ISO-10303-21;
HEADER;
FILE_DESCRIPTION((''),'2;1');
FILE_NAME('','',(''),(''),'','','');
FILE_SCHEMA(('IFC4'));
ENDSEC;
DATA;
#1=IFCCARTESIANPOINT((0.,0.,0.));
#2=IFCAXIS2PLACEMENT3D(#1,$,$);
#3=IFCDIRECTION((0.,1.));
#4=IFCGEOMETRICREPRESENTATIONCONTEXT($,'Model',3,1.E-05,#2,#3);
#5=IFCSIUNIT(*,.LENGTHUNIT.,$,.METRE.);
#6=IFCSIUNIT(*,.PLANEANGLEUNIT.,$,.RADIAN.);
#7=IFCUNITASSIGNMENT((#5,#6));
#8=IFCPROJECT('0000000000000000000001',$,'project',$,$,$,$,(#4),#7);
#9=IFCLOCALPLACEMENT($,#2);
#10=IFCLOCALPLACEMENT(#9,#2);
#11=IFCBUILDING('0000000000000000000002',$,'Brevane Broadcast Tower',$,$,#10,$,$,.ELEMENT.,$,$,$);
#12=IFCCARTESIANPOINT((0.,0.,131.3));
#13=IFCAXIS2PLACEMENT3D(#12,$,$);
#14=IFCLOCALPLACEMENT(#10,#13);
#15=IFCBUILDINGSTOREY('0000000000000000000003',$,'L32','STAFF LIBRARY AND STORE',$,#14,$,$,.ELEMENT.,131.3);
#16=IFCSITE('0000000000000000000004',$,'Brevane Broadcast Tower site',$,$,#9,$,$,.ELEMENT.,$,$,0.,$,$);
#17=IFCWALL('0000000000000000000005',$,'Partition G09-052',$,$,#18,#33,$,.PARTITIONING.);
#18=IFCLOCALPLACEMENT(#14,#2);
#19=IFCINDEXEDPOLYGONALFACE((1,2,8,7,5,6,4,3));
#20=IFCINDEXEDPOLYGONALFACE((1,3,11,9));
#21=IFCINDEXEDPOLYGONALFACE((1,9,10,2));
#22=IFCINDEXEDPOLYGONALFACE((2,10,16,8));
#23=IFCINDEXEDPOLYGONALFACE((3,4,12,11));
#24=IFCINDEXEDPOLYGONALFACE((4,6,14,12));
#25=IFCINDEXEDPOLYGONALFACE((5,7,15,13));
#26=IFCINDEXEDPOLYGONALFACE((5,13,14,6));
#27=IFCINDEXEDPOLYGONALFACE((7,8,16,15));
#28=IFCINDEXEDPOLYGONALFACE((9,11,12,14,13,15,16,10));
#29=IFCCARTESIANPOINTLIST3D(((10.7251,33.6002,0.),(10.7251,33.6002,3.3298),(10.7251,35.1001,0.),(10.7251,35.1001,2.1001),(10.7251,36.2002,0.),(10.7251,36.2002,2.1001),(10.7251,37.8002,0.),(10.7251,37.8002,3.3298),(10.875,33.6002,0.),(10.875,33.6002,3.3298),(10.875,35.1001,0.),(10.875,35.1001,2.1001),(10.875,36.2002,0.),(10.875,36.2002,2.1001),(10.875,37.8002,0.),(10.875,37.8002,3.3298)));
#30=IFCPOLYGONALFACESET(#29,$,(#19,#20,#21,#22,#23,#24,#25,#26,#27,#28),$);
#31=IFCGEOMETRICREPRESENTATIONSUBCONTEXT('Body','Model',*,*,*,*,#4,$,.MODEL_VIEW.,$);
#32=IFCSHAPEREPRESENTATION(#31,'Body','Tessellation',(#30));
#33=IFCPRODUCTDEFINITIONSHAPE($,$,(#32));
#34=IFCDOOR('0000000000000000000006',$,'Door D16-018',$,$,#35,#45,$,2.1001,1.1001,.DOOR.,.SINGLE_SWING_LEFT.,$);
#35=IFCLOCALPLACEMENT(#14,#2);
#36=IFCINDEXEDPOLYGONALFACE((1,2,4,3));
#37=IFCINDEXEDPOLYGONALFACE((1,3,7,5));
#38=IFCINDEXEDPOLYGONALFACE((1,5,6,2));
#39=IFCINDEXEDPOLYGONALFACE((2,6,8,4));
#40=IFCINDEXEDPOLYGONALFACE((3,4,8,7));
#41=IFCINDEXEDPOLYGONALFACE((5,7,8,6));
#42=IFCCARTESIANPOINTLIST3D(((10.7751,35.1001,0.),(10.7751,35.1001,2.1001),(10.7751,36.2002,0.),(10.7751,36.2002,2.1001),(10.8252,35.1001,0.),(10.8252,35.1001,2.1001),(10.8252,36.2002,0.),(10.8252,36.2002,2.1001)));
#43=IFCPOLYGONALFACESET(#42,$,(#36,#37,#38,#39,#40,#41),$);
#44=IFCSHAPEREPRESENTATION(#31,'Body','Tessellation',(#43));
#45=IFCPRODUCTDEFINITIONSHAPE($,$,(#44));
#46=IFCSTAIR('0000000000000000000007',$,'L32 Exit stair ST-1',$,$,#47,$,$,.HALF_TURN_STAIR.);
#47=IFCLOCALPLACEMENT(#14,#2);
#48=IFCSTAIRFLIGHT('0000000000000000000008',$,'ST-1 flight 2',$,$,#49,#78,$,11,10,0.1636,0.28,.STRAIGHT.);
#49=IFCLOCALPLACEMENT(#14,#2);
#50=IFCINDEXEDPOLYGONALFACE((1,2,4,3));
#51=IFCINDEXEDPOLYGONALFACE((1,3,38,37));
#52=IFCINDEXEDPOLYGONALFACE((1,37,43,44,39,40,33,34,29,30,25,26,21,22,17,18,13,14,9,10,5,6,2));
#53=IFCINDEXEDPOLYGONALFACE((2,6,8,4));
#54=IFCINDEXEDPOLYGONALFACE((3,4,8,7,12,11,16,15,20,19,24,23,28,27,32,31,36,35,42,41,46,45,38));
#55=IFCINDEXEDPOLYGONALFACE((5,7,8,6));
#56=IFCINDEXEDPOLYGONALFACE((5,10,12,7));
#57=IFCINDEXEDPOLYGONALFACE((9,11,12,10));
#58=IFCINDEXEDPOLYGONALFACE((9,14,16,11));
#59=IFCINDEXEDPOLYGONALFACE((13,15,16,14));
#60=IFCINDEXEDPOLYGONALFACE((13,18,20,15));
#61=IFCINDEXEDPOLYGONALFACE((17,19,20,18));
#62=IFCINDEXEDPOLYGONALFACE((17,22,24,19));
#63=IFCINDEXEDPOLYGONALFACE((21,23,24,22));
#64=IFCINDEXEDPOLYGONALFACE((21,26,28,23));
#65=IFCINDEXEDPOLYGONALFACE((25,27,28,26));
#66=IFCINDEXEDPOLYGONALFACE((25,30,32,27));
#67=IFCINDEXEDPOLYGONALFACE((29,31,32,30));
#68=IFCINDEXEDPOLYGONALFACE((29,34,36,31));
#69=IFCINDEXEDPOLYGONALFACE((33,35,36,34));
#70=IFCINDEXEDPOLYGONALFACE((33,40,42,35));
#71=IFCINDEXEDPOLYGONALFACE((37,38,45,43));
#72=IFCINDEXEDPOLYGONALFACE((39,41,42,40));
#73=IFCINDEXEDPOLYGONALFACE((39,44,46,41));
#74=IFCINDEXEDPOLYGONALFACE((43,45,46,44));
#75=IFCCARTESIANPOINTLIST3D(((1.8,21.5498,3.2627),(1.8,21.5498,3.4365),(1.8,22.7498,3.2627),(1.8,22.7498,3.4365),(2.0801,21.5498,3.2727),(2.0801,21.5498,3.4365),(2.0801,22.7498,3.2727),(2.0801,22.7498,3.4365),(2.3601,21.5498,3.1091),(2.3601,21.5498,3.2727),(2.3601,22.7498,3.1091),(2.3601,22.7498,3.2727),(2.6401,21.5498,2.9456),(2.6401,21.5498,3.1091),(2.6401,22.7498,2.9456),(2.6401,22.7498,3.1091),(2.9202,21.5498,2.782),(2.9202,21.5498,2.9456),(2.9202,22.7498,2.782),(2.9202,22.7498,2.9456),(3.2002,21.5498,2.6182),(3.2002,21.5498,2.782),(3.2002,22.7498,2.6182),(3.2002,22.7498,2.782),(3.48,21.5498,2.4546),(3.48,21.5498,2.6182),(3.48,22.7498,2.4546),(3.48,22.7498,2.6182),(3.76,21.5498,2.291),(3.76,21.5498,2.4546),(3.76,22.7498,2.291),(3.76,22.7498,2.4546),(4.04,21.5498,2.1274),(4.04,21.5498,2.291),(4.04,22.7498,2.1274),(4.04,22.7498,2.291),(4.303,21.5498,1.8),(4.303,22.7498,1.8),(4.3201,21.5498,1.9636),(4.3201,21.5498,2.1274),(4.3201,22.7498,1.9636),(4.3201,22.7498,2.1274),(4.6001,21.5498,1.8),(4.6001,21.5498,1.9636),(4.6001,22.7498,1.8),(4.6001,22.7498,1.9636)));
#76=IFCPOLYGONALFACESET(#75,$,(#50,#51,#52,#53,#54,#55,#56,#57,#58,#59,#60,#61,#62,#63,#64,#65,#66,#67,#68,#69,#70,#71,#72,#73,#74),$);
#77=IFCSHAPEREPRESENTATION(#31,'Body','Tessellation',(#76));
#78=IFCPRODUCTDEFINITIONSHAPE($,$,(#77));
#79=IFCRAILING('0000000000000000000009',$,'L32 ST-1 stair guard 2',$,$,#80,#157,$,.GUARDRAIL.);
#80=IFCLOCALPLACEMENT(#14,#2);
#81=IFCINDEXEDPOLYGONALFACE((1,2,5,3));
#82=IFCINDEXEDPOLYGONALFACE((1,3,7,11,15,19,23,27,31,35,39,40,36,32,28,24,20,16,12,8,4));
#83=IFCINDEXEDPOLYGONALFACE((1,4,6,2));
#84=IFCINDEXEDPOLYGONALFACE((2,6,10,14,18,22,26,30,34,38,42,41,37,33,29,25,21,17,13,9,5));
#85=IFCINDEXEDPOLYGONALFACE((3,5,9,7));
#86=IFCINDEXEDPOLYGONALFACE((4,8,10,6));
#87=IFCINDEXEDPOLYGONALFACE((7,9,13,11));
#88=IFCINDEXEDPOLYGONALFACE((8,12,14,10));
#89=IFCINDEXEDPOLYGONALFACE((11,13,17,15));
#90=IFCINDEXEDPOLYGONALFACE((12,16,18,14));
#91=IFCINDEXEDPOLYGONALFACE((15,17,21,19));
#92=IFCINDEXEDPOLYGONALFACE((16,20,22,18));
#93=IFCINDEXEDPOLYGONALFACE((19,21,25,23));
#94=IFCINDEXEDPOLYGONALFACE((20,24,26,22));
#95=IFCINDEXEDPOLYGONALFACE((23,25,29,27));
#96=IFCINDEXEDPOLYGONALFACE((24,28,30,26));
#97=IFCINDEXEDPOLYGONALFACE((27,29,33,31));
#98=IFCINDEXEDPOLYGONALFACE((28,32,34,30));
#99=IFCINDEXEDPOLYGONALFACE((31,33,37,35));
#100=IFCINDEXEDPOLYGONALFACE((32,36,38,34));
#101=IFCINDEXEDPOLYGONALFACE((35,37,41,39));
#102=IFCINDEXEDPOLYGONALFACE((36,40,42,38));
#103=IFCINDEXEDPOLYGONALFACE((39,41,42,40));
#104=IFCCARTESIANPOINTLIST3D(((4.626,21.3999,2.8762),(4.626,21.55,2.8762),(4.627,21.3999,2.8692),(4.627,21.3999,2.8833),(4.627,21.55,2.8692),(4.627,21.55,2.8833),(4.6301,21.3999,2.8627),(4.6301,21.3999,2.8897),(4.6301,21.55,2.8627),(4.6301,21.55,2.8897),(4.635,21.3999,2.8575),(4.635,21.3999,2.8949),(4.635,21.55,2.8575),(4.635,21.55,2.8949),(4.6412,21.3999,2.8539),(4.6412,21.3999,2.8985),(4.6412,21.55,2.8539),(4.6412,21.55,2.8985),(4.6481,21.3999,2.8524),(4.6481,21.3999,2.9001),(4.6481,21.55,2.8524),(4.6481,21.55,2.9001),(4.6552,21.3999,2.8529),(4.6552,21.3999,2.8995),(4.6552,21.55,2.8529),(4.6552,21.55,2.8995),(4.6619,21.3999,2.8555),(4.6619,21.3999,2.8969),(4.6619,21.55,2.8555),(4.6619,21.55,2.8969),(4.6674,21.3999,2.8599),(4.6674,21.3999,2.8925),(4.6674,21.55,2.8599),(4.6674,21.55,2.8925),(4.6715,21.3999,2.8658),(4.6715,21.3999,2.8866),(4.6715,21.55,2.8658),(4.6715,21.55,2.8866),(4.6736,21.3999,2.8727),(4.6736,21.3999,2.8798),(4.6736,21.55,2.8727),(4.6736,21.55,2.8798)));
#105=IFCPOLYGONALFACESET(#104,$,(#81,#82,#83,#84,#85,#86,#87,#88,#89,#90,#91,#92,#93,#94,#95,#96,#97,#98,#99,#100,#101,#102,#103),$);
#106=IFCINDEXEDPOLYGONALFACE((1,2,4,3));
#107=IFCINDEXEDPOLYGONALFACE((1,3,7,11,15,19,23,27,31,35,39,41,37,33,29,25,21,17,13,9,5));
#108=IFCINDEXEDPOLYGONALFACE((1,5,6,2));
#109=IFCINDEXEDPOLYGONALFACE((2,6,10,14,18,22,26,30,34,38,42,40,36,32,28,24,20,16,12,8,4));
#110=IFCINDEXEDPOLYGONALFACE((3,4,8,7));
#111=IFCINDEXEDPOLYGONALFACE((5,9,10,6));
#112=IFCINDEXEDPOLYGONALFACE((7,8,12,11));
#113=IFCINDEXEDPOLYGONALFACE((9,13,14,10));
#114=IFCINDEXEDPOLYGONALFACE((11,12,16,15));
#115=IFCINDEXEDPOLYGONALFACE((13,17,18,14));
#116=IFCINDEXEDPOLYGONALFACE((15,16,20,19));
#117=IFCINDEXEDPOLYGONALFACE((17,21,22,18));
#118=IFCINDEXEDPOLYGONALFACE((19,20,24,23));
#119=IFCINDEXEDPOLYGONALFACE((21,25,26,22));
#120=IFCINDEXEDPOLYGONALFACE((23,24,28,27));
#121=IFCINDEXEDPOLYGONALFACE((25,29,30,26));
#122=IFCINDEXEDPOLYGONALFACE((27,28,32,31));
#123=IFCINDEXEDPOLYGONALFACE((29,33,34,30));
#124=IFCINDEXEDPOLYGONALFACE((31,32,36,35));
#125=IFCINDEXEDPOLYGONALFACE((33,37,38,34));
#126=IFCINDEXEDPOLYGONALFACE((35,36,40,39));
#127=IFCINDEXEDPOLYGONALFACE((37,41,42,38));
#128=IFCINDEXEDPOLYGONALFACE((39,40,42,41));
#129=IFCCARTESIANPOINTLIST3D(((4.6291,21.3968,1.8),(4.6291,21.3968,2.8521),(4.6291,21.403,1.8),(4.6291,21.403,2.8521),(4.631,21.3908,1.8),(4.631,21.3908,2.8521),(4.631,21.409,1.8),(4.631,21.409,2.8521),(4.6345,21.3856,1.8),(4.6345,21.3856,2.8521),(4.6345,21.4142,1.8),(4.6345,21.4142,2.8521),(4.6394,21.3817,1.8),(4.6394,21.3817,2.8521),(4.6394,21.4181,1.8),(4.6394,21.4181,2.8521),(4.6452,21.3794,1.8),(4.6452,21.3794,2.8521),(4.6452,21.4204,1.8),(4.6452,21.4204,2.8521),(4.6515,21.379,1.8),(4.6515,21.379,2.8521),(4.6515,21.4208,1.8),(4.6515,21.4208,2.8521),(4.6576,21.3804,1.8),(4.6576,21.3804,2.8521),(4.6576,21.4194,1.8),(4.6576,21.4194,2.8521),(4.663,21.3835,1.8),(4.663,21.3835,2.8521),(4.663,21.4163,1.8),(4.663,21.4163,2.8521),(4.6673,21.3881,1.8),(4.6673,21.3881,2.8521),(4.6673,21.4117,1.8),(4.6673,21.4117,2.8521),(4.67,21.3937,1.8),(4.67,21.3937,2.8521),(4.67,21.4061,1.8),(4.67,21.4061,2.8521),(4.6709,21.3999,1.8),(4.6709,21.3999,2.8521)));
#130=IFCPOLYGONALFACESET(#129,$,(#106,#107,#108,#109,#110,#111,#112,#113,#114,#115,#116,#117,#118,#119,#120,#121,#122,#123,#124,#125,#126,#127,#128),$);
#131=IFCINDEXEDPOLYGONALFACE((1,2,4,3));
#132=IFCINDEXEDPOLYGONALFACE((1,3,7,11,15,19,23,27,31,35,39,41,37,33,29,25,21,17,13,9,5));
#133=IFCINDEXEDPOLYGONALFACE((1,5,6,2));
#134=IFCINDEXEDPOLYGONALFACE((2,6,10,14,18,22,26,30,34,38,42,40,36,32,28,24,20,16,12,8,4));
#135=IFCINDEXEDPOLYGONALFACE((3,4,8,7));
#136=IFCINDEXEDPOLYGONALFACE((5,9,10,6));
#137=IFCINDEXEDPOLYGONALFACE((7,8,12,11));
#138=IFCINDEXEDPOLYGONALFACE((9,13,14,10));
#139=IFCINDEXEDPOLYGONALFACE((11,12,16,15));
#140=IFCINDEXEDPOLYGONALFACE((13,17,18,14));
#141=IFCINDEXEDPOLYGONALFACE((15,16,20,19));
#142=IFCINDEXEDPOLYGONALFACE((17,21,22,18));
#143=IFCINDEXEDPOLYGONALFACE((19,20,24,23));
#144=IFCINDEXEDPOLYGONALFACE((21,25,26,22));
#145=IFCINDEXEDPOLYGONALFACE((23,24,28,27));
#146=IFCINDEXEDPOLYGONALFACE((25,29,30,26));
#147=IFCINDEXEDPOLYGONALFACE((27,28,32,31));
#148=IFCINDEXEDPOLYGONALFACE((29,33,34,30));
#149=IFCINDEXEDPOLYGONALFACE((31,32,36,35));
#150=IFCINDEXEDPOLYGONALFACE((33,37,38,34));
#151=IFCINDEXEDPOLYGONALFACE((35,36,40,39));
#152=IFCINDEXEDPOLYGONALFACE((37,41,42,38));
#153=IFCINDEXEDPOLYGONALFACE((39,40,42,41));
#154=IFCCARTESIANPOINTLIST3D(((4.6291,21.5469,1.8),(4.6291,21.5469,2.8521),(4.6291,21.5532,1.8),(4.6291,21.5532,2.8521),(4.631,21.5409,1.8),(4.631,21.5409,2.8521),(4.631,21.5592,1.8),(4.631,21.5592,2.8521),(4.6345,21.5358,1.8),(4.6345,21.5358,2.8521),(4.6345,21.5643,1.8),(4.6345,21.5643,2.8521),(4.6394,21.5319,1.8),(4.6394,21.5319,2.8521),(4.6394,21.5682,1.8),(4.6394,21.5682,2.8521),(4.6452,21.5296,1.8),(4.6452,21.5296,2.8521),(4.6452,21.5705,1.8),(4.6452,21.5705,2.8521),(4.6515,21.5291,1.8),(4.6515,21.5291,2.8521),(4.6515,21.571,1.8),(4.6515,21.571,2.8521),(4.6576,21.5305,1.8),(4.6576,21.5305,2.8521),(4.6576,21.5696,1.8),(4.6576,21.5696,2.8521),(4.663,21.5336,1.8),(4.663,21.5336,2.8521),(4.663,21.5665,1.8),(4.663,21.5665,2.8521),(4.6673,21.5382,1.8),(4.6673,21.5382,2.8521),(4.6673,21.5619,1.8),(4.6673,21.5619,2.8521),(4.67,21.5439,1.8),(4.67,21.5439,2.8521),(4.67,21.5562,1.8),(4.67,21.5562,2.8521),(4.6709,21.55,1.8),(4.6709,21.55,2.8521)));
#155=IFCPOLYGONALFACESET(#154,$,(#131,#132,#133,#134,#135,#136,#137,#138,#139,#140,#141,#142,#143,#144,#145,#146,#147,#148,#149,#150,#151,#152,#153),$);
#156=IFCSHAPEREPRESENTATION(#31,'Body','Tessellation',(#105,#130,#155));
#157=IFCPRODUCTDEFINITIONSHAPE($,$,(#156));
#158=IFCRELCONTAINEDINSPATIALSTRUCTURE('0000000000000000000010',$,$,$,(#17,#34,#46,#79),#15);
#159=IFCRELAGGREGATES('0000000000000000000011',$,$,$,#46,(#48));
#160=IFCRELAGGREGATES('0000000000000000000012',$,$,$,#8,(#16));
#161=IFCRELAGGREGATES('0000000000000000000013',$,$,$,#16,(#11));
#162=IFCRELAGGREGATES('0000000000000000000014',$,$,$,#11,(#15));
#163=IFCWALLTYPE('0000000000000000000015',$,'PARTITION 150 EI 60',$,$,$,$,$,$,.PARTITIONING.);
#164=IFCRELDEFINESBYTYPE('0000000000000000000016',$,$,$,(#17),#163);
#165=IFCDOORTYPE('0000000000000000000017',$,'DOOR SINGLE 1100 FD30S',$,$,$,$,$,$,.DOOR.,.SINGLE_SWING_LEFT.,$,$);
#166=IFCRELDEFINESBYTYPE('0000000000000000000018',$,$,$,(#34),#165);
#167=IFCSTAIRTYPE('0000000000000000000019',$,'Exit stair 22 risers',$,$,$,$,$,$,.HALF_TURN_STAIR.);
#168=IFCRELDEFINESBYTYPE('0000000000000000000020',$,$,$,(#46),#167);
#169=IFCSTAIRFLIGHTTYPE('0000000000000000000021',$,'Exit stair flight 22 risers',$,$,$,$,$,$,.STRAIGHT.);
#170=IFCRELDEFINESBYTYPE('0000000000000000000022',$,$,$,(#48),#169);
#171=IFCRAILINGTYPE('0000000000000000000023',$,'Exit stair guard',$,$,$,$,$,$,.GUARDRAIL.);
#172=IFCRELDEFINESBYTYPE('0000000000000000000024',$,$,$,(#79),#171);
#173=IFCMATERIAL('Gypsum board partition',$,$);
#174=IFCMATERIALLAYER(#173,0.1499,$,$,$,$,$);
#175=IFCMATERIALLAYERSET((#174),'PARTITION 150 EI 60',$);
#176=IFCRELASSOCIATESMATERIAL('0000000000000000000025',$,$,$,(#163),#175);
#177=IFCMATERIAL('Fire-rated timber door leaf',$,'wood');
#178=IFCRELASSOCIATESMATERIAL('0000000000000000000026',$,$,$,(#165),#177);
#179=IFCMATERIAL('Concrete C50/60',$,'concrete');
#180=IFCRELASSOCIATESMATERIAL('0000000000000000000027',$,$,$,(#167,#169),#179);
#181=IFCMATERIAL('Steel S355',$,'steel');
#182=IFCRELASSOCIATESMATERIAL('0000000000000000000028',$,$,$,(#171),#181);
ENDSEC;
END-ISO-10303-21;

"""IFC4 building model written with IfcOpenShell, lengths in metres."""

from ifc_helpers import new_model, si_unit, direction, frame, frame_2d, origin, origin_2d, place, context, subcontext, project, spatial, polyline, rectangle, circle, outline, extrude, material, layer, layer_set, type_object, element, fill, aggregate, save


model = new_model("IFC4")

# Units and contexts
model_context = context("Model", 3, precision=1e-05, world=origin(), true_north=direction((0.0, 1.0)))
body_context = subcontext(model_context, "Body", "Model", "MODEL_VIEW")
ifc_project = project(units=[si_unit("LENGTHUNIT", "METRE"), si_unit("PLANEANGLEUNIT", "RADIAN")], contexts=[model_context])

# Site, building, storey
site_placement = place(None, origin())
site = spatial("IfcSite", under=ifc_project, at=site_placement, Name="Brevane Broadcast Tower site", CompositionType="ELEMENT", RefElevation=0.0)
building_placement = place(site_placement, origin())
building = spatial("IfcBuilding", under=site, at=building_placement, Name="Brevane Broadcast Tower", CompositionType="ELEMENT")
storey_placement = place(building_placement, frame((0.0, 0.0, 131.3)))
storey = spatial("IfcBuildingStorey", under=building, at=storey_placement, Name="L32", Description="STAFF LIBRARY AND STORE", CompositionType="ELEMENT", Elevation=131.3)

# Shared definitions
ifc_material_1 = material(Name="Gypsum board partition")

# Shared definitions
ifc_layer_1 = layer(ifc_material_1, 0.1499)
ifc_layer_set_1 = layer_set([ifc_layer_1], Name="PARTITION 150 EI 60")
wall_type_1 = type_object("IfcWallType", Name="PARTITION 150 EI 60", PredefinedType="PARTITIONING", material=ifc_layer_set_1)
ifc_material_2 = material(Name="Fire-rated timber door leaf", Category="wood")

# Wall, opening, door
wall_1_placement = place(storey_placement, frame((10.8, 33.6001, 0.0), z_axis=(0.0, 0.0, 1.0), x_axis=(0.0, 1.0, 0.0)))
wall_1 = element("IfcWall", 1, at=wall_1_placement, inside=storey, type_object=wall_type_1, Name="Partition G09-052", PredefinedType="PARTITIONING", context=body_context, shape_type="SweptSolid", body=[
    extrude(rectangle(XDim=4.2, YDim=0.1499, at=frame_2d((2.1001, 0.0))), origin(), (0.0, 0.0, 1.0), 3.3298),
])
opening_1_placement = place(wall_1_placement, frame((1.5, 0.0, 0.0)))
opening_1 = element("IfcOpeningElement", 2, at=opening_1_placement, cuts=wall_1, PredefinedType="OPENING", context=body_context, shape_type="SweptSolid", body=[
    extrude(rectangle(XDim=1.1001, YDim=2.1001, at=frame_2d((0.55, 1.05))), frame((0.0, 0.085, 0.0), z_axis=(0.0, -1.0, 0.0), x_axis=(1.0, 0.0, 0.0)), (0.0, 0.0, 1.0), 0.1699),
])
door_type_1 = type_object("IfcDoorType", Name="DOOR SINGLE 1100 FD30S", OperationType="SINGLE_SWING_LEFT", PredefinedType="DOOR", material=ifc_material_2)
door_1_placement = place(opening_1_placement, origin())
door_1 = element("IfcDoor", 3, at=door_1_placement, inside=storey, type_object=door_type_1, Name="Door D16-018", OperationType="SINGLE_SWING_LEFT", OverallHeight=2.1001, OverallWidth=1.1001, PredefinedType="DOOR", context=body_context, shape_type="SweptSolid", body=[
    extrude(rectangle(XDim=1.1001, YDim=2.1001, at=frame_2d((0.55, 1.05))), frame((0.0, 0.0249, 0.0), z_axis=(0.0, -1.0, 0.0), x_axis=(1.0, 0.0, 0.0)), (0.0, 0.0, 1.0), 0.05),
])
fill(opening_1, door_1)

# Stair, stair flight
ifc_material_3 = material(Name="Concrete C50/60", Category="concrete")
stair_type = type_object("IfcStairType", Name="Exit stair 22 risers", PredefinedType="HALF_TURN_STAIR", material=ifc_material_3)
stair_placement = place(storey_placement, origin())
stair = element("IfcStair", 4, at=stair_placement, inside=storey, type_object=stair_type, Name="L32 Exit stair ST-1", PredefinedType="HALF_TURN_STAIR")
stair_flight_type = type_object("IfcStairFlightType", Name="Exit stair flight 22 risers", PredefinedType="STRAIGHT", material=ifc_material_3)
stair_flight_placement = place(storey_placement, frame((4.6001, 22.1499, 1.8), z_axis=(0.0, 0.0, 1.0), x_axis=(-1.0, 0.0, 0.0)))
stair_flight = element("IfcStairFlight", 5, at=stair_flight_placement, type_object=stair_flight_type, Name="ST-1 flight 2", NumberOfRisers=11, NumberOfTreads=10, PredefinedType="STRAIGHT", RiserHeight=0.1636, TreadLength=0.28, context=body_context, shape_type="SweptSolid", body=[
    extrude(outline(polyline([(0.0, 0.0), (0.0, 0.1636), (0.28, 0.1636), (0.28, 0.3274), (0.5601, 0.3274), (0.5601, 0.491), (0.8401, 0.491), (0.8401, 0.6545), (1.1201, 0.6545), (1.1201, 0.8181), (1.3999, 0.8181), (1.3999, 0.9819), (1.6799, 0.9819), (1.6799, 1.1455), (1.96, 1.1455), (1.96, 1.3091), (2.24, 1.3091), (2.24, 1.4727), (2.52, 1.4727), (2.52, 1.6365), (2.8, 1.6365), (2.8, 1.8), (2.8, 1.4626), (0.2971, 0.0), (0.0, 0.0)])), frame((0.0, 0.6001, 0.0), z_axis=(0.0, -1.0, 0.0), x_axis=(1.0, 0.0, 0.0)), (0.0, 0.0, 1.0), 1.2),
])
aggregate(stair, [stair_flight])

# Railing
ifc_material_4 = material(Name="Steel S355", Category="steel")
railing_type_1 = type_object("IfcRailingType", Name="Exit stair guard", PredefinedType="GUARDRAIL", material=ifc_material_4)
railing_1_placement = place(storey_placement, frame((4.6499, 21.3999, 1.8)))
element("IfcRailing", 6, at=railing_1_placement, inside=storey, type_object=railing_type_1, Name="L32 ST-1 stair guard 2", PredefinedType="GUARDRAIL", context=body_context, shape_type="SweptSolid", body=[
    extrude(circle(Radius=0.0239, at=origin_2d()), frame((0.0, 0.0, 1.0762), z_axis=(0.0, 1.0, 0.0), x_axis=(-1.0, 0.0, 0.0)), (0.0, 0.0, 1.0), 0.1501),
    extrude(circle(Radius=0.021, at=origin_2d()), origin(), (0.0, 0.0, 1.0), 1.052),
    extrude(circle(Radius=0.021, at=origin_2d()), frame((0.0, 0.1501, 0.0)), (0.0, 0.0, 1.0), 1.052),
])

save(model, "model.ifc")
